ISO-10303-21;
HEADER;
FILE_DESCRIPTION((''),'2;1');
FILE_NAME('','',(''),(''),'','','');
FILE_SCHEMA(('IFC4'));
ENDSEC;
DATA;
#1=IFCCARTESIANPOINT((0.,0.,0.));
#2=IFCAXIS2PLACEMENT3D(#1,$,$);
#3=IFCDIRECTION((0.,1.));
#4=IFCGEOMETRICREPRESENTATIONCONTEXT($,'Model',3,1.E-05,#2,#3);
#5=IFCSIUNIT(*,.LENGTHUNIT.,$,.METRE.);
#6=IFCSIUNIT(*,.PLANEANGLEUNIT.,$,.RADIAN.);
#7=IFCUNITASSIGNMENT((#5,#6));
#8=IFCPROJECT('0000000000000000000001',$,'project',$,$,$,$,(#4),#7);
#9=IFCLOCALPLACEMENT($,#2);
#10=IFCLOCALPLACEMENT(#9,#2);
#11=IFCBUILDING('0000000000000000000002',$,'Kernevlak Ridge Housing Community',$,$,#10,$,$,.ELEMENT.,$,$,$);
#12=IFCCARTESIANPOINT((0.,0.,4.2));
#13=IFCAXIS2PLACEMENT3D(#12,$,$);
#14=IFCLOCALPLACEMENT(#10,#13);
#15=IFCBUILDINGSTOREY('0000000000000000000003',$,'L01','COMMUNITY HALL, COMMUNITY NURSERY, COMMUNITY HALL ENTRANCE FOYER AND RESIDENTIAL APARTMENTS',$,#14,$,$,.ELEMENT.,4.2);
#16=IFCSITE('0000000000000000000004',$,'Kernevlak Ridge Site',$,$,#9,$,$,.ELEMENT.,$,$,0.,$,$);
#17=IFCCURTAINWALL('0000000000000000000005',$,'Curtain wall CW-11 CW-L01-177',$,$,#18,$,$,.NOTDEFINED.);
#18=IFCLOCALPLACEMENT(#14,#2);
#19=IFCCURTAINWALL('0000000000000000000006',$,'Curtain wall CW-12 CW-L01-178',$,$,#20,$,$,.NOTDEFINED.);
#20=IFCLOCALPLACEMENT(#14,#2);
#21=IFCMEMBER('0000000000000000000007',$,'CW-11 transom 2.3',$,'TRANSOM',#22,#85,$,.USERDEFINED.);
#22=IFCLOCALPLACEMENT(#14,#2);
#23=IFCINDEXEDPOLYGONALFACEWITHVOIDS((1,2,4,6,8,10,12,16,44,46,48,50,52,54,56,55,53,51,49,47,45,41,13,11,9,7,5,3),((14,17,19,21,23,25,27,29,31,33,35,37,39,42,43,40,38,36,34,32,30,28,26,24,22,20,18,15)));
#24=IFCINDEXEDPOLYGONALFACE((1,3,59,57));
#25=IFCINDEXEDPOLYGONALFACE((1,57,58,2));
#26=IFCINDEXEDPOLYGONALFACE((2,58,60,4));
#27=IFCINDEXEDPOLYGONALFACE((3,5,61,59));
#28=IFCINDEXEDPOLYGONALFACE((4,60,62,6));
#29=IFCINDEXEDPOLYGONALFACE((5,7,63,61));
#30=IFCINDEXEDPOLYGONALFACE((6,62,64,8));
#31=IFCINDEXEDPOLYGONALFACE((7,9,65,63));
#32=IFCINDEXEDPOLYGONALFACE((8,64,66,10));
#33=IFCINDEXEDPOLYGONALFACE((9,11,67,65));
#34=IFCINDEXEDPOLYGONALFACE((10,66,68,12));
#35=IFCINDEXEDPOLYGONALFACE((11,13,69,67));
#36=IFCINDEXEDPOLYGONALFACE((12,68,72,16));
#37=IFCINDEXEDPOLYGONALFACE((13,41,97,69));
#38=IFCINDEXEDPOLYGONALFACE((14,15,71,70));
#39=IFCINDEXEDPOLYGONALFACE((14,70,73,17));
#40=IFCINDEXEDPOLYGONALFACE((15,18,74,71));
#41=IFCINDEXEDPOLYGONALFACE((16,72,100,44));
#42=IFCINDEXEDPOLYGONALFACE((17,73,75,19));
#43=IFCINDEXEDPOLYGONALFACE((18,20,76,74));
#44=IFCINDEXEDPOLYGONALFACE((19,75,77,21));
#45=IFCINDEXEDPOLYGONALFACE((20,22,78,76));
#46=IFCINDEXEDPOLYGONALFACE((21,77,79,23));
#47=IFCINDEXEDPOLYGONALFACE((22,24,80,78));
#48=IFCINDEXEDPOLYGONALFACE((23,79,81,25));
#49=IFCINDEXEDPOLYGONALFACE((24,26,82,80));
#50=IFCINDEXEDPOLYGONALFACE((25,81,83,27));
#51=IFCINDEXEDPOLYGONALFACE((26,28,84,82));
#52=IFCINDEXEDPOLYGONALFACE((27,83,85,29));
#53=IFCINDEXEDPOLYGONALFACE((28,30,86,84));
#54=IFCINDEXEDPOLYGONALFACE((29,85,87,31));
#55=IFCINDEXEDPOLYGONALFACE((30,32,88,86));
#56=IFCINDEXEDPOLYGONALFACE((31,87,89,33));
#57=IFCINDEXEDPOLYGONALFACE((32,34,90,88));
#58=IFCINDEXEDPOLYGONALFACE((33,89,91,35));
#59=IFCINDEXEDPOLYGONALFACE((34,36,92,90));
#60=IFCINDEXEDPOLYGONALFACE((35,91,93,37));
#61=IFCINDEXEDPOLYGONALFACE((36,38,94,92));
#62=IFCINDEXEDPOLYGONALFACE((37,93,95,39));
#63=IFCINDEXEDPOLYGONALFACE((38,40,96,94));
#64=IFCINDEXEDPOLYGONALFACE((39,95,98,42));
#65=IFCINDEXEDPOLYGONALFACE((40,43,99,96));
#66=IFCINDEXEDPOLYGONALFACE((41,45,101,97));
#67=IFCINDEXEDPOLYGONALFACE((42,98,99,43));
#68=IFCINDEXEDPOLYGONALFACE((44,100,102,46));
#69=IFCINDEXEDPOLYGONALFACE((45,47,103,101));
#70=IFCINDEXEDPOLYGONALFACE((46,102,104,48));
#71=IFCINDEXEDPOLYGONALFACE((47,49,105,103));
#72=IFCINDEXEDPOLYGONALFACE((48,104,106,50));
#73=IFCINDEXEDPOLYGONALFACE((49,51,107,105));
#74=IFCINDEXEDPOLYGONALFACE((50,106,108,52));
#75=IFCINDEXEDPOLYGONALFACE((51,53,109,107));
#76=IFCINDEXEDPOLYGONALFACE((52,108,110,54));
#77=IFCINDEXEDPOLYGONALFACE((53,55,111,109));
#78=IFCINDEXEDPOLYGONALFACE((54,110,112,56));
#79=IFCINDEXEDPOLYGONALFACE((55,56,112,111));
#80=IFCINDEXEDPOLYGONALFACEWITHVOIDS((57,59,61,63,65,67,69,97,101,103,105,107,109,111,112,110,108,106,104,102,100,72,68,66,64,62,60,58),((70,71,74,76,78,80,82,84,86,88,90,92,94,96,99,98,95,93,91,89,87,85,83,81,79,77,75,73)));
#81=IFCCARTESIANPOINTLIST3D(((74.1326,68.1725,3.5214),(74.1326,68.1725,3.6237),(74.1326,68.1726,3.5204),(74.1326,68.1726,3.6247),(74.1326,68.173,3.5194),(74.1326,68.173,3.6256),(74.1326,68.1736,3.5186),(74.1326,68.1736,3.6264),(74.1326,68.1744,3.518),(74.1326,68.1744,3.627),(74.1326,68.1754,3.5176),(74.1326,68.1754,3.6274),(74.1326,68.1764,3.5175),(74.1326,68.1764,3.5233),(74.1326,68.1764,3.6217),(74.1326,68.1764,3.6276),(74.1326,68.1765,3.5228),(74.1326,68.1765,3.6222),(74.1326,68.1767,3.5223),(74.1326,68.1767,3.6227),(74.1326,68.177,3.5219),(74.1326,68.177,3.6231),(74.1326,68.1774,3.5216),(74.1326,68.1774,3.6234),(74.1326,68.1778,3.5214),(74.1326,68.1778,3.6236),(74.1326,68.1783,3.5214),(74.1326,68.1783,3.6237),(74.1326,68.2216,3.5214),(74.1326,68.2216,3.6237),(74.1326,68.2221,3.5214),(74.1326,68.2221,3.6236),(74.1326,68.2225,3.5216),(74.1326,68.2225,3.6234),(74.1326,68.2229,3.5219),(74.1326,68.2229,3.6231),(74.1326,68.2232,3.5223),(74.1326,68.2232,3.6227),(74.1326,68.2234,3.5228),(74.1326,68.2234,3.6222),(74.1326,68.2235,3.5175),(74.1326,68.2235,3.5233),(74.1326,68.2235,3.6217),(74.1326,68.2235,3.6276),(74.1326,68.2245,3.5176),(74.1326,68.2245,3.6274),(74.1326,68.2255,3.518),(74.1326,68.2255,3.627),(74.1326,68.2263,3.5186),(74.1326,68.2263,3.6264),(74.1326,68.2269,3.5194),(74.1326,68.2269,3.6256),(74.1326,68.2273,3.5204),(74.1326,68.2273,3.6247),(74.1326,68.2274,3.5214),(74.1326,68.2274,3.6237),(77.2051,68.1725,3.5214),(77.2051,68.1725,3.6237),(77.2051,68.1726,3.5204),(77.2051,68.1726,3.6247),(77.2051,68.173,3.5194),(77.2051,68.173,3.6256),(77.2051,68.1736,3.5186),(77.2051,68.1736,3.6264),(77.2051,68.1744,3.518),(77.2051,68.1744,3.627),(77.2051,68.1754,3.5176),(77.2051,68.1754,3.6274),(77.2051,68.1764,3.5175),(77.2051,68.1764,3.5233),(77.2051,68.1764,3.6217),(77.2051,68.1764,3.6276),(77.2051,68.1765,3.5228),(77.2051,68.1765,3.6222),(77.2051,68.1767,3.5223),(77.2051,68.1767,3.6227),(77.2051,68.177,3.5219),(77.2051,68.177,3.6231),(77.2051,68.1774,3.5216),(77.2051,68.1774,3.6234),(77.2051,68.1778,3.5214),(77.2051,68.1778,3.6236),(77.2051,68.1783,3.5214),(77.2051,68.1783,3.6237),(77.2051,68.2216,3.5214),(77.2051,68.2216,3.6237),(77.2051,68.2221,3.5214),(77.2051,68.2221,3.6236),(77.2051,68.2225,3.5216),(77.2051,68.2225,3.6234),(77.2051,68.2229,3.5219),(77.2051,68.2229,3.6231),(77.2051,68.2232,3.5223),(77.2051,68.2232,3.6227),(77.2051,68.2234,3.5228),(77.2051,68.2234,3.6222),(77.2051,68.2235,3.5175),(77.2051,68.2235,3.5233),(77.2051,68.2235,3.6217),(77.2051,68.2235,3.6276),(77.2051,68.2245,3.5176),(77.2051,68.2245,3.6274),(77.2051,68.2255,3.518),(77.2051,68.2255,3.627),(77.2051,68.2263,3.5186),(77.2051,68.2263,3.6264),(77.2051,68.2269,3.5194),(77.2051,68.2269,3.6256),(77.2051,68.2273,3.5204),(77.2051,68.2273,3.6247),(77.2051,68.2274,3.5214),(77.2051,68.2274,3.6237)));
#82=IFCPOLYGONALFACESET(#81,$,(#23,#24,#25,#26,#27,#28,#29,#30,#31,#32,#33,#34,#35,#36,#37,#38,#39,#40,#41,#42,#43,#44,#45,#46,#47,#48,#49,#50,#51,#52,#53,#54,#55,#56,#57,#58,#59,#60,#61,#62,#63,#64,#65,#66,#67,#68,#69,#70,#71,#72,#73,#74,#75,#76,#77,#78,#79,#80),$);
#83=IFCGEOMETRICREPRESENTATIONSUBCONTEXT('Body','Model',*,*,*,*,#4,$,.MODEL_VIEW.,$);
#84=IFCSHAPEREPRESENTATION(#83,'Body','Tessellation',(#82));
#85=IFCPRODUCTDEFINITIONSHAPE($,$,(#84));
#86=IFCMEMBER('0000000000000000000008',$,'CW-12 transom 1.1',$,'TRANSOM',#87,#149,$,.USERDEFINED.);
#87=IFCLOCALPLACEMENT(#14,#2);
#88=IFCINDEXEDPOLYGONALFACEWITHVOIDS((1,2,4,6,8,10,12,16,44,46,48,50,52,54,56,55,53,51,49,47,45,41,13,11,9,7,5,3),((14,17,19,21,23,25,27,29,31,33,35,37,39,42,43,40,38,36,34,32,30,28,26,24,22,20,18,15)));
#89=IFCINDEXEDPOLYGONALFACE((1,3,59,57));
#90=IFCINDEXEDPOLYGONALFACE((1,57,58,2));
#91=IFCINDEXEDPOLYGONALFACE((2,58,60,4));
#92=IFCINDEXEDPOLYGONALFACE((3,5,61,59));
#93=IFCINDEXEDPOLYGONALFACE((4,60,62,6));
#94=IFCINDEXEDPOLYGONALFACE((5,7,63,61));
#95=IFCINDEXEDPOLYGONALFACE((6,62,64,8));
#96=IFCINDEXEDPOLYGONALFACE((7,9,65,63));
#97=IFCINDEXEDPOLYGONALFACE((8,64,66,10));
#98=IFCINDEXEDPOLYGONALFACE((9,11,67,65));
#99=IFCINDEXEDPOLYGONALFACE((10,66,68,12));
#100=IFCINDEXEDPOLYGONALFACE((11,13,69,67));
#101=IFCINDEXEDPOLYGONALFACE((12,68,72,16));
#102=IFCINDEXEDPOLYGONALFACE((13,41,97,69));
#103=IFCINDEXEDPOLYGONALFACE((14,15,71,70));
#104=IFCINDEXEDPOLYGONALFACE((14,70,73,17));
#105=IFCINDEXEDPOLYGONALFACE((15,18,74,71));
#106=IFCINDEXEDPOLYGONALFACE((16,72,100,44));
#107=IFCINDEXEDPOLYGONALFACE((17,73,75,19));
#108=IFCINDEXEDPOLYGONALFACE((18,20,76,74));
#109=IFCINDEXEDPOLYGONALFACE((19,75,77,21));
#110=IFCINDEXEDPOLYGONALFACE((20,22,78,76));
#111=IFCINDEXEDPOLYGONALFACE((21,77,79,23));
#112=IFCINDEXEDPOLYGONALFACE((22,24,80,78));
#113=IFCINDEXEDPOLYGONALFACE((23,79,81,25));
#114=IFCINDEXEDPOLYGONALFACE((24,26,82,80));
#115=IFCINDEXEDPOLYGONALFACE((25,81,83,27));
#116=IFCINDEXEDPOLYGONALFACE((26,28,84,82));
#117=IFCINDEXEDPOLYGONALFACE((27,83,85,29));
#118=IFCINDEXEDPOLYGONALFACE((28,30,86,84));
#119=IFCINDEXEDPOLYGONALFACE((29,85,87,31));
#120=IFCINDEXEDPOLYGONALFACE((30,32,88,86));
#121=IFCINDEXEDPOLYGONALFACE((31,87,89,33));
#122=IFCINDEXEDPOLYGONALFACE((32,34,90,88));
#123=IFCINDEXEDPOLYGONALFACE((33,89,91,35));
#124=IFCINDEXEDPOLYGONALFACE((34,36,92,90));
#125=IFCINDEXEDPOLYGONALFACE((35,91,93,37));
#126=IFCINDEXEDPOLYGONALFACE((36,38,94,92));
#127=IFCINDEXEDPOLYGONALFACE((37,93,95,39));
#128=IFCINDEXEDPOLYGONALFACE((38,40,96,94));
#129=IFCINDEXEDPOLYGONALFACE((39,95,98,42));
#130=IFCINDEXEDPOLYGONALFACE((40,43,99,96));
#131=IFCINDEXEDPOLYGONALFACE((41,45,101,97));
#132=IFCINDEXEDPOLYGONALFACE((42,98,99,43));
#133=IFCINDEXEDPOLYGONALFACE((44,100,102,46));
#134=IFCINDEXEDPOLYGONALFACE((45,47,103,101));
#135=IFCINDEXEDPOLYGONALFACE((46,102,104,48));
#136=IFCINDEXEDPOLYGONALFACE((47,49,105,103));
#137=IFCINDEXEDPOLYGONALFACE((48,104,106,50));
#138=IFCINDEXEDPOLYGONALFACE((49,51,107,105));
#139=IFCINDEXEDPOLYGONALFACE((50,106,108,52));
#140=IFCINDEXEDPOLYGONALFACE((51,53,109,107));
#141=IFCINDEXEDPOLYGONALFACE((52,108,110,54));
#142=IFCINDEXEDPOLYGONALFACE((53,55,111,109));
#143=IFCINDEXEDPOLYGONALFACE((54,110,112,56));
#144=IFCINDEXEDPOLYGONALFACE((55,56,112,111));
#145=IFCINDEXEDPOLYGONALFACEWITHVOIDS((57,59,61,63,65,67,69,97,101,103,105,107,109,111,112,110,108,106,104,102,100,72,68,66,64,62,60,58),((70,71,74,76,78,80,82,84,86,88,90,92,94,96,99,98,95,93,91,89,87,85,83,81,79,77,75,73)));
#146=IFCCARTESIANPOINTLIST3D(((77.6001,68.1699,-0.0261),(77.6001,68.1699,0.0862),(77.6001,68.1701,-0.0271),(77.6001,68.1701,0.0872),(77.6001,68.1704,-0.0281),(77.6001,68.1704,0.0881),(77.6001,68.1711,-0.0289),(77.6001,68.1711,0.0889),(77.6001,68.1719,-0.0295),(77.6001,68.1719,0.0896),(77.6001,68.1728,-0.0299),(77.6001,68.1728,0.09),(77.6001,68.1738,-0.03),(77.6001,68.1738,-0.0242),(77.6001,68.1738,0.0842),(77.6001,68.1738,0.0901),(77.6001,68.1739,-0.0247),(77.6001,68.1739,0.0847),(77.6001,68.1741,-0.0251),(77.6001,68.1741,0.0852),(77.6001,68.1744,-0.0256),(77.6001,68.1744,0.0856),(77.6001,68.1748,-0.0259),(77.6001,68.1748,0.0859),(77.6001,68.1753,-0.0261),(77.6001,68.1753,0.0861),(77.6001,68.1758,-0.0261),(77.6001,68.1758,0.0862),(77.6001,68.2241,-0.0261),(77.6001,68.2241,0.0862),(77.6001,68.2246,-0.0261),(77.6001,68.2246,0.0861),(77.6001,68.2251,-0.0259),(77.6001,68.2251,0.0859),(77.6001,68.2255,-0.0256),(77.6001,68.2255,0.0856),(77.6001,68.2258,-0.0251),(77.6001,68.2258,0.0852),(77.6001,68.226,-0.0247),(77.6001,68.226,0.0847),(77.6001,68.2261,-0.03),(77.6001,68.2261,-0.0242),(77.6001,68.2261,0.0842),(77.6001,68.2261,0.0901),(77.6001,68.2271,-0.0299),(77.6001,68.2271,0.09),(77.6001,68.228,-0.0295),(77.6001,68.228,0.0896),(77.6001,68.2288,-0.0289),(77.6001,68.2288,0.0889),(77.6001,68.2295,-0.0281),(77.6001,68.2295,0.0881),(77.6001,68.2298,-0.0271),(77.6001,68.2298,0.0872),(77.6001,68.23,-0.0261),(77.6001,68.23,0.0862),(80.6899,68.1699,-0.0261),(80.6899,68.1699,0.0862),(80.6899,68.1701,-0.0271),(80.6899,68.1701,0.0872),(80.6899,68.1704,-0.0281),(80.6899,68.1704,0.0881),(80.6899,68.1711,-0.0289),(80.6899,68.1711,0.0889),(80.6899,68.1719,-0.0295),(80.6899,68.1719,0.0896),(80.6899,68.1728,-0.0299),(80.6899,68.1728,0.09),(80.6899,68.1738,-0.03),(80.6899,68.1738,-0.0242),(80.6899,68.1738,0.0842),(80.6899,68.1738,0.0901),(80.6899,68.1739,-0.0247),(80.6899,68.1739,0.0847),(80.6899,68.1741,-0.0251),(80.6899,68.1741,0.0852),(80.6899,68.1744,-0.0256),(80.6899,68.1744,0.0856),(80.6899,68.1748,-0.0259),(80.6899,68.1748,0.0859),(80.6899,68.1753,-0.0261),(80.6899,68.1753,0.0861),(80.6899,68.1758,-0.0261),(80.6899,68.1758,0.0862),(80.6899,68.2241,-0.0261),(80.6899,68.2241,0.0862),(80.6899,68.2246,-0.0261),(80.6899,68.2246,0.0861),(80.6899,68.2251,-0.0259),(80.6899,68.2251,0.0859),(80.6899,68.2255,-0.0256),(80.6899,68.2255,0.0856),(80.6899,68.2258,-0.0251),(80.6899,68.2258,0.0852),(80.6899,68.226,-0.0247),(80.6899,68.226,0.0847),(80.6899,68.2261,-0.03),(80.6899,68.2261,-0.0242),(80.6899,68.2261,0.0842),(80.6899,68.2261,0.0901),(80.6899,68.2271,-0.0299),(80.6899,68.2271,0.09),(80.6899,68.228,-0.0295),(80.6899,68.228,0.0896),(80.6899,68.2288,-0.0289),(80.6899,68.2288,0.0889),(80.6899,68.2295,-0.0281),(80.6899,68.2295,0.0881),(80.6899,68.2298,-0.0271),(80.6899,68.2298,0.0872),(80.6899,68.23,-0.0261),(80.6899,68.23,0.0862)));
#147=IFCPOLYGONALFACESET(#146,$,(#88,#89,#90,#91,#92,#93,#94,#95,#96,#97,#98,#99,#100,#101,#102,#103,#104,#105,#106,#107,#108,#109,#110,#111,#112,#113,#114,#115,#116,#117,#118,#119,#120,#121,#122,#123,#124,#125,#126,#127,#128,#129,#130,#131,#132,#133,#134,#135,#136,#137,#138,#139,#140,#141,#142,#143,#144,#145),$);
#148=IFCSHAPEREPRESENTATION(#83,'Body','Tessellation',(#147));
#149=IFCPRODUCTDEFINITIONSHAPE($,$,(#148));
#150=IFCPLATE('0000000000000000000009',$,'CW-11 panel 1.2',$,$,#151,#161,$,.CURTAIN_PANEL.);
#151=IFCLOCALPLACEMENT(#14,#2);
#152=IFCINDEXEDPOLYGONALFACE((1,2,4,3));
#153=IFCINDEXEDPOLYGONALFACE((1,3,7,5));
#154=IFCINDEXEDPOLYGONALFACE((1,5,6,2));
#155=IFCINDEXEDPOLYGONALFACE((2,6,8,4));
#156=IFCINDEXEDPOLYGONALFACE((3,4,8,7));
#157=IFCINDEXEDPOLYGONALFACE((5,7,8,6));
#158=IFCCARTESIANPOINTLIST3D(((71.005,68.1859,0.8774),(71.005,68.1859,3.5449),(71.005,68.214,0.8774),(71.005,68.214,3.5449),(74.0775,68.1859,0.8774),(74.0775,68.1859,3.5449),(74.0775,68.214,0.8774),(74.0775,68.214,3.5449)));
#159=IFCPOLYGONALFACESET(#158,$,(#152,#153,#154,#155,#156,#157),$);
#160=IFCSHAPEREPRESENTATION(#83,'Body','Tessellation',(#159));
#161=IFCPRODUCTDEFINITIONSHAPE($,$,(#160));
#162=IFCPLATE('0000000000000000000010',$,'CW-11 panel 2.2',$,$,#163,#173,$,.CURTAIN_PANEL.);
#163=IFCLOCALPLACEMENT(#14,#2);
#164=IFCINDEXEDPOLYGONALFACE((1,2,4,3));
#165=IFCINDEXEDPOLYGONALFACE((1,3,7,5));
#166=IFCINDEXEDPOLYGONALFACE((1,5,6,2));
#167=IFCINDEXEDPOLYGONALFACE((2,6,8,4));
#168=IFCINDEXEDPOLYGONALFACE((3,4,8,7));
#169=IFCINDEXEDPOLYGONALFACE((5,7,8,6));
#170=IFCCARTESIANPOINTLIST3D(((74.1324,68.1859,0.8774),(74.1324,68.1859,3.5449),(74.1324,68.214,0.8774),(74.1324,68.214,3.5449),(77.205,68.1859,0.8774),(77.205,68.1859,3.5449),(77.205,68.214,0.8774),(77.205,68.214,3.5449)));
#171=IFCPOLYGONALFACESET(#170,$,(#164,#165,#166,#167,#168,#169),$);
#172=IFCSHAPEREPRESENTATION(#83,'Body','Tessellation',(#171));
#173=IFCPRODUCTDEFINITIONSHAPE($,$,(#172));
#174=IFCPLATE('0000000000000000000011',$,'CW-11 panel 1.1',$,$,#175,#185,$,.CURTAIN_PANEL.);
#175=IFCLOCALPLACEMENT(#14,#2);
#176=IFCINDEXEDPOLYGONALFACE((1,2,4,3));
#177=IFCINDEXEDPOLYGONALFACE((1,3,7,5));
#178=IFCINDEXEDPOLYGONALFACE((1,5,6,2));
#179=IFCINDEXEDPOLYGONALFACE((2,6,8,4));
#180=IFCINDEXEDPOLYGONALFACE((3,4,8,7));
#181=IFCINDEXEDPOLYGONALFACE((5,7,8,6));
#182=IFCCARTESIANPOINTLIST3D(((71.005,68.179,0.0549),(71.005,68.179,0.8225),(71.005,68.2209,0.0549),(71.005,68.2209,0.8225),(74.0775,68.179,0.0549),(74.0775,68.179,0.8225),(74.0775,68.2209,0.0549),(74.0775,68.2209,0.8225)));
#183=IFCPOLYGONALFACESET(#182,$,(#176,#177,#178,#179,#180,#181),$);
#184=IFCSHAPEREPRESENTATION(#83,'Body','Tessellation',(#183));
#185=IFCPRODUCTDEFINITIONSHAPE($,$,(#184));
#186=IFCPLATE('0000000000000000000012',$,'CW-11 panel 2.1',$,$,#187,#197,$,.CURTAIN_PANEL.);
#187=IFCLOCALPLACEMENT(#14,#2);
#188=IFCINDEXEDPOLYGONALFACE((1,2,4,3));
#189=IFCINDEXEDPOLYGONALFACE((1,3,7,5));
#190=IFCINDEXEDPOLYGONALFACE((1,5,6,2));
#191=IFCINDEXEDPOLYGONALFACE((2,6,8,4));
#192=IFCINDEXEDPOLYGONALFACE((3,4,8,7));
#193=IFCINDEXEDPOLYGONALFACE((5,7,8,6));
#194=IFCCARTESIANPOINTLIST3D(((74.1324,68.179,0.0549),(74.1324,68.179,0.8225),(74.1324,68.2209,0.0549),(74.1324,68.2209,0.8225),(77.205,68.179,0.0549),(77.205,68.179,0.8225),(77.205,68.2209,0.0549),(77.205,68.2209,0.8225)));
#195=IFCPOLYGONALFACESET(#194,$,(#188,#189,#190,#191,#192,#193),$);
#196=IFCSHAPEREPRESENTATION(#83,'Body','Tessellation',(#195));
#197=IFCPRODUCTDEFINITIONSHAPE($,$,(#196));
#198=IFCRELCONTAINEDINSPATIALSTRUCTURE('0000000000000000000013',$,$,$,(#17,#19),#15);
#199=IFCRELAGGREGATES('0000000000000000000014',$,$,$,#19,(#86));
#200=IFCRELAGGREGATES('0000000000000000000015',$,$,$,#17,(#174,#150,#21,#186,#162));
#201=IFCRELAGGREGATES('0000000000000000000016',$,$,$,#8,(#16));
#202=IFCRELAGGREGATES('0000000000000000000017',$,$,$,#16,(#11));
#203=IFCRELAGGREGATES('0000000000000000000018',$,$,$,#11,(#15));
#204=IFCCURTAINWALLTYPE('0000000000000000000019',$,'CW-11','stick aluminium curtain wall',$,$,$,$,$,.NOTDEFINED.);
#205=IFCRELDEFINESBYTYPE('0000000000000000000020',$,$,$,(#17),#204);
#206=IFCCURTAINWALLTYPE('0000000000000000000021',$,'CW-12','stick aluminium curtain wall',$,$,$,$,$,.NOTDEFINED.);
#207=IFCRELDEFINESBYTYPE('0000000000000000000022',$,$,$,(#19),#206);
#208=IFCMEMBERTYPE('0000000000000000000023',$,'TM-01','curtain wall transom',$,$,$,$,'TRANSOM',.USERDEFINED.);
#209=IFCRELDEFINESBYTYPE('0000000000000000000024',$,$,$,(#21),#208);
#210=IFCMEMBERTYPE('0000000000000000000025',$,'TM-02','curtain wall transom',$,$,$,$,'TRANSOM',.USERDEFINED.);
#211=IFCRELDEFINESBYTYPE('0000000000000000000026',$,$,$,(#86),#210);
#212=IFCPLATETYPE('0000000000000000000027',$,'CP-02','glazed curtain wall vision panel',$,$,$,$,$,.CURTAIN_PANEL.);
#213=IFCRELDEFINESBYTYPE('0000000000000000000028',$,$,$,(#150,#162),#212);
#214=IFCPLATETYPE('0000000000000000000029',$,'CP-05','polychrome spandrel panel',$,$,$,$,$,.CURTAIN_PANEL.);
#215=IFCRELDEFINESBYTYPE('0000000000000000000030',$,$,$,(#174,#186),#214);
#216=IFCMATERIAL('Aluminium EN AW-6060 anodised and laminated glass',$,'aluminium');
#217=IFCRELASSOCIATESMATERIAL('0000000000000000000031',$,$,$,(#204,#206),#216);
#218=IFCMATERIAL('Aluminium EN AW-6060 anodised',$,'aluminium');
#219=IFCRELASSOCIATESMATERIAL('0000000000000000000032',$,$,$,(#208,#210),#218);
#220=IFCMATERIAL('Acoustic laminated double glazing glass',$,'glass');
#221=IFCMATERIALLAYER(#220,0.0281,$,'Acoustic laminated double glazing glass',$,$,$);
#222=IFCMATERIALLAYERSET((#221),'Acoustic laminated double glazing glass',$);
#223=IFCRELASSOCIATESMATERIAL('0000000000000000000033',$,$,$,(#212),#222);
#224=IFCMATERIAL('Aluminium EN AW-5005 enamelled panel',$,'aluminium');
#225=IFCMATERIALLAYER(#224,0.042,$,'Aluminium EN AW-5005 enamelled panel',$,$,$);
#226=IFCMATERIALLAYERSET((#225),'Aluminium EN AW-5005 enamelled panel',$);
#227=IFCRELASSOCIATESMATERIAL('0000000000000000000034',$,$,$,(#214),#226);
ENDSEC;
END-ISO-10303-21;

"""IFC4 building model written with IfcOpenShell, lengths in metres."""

from ifc_helpers import new_model, si_unit, direction, frame, origin, origin_2d, place, context, subcontext, project, spatial, rectangle, hollow_rectangle, extrude, material, layer, layer_set, material_profile, profile_set, type_object, element, aggregate, save


model = new_model("IFC4")

# Units and contexts
model_context = context("Model", 3, precision=1e-05, world=origin(), true_north=direction((0.0, 1.0)))
body_context = subcontext(model_context, "Body", "Model", "MODEL_VIEW")
ifc_project = project(units=[si_unit("LENGTHUNIT", "METRE"), si_unit("PLANEANGLEUNIT", "RADIAN")], contexts=[model_context])

# Site, building, storey
site_placement = place(None, origin())
site = spatial("IfcSite", under=ifc_project, at=site_placement, Name="Kernevlak Ridge Site", CompositionType="ELEMENT", RefElevation=0.0)
building_placement = place(site_placement, origin())
building = spatial("IfcBuilding", under=site, at=building_placement, Name="Kernevlak Ridge Housing Community", CompositionType="ELEMENT")
storey_placement = place(building_placement, frame((0.0, 0.0, 4.2)))
storey = spatial("IfcBuildingStorey", under=building, at=storey_placement, Name="L01", Description="COMMUNITY HALL, COMMUNITY NURSERY, COMMUNITY HALL ENTRANCE FOYER AND RESIDENTIAL APARTMENTS", CompositionType="ELEMENT", Elevation=4.2)

# Curtain wall
ifc_material_1 = material(Name="Aluminium EN AW-6060 anodised and laminated glass", Category="aluminium")
curtain_wall_type_1 = type_object("IfcCurtainWallType", Name="CW-11", Description="stick aluminium curtain wall", PredefinedType="NOTDEFINED", material=ifc_material_1)
curtain_wall_1_placement = place(storey_placement, origin())
curtain_wall_1 = element("IfcCurtainWall", 1, at=curtain_wall_1_placement, inside=storey, type_object=curtain_wall_type_1, Name="Curtain wall CW-11 CW-L01-177", PredefinedType="NOTDEFINED")
ifc_material_2 = material(Name="Aluminium EN AW-6060 anodised", Category="aluminium")

# Curtain wall
curtain_wall_type_2 = type_object("IfcCurtainWallType", Name="CW-12", Description="stick aluminium curtain wall", PredefinedType="NOTDEFINED", material=ifc_material_1)
curtain_wall_2_placement = place(storey_placement, origin())
curtain_wall_2 = element("IfcCurtainWall", 2, at=curtain_wall_2_placement, inside=storey, type_object=curtain_wall_type_2, Name="Curtain wall CW-12 CW-L01-178", PredefinedType="NOTDEFINED")

# Members
ifc_material_profile_1 = material_profile(ifc_material_2, hollow_rectangle(XDim=0.0549, YDim=0.1101, WallThickness=0.0039, InnerFilletRadius=0.002, OuterFilletRadius=0.0039, at=origin_2d()), Name="ALU 55x110x4")
ifc_profile_set_1 = profile_set([ifc_material_profile_1], Name="Aluminium EN AW-6060 anodised")
member_type_1 = type_object("IfcMemberType", Name="TM-01", Description="curtain wall transom", ElementType="TRANSOM", PredefinedType="USERDEFINED", material=ifc_profile_set_1)
member_1_placement = place(storey_placement, frame((74.1326, 68.2, 3.5725), z_axis=(1.0, 0.0, 0.0), x_axis=(0.0, 1.0, 0.0)))
member_1 = element("IfcMember", 3, at=member_1_placement, type_object=member_type_1, Name="CW-11 transom 2.3", ObjectType="TRANSOM", PredefinedType="USERDEFINED", context=body_context, shape_type="SweptSolid", body=[
    extrude(hollow_rectangle(XDim=0.0549, YDim=0.1101, WallThickness=0.0039, InnerFilletRadius=0.002, OuterFilletRadius=0.0039, at=origin_2d()), origin(), (0.0, 0.0, 1.0), 3.0725),
])
ifc_material_profile_2 = material_profile(ifc_material_2, hollow_rectangle(XDim=0.0601, YDim=0.1201, WallThickness=0.0039, InnerFilletRadius=0.002, OuterFilletRadius=0.0039, at=origin_2d()), Name="ALU 60x120x4")
ifc_profile_set_2 = profile_set([ifc_material_profile_2], Name="Aluminium EN AW-6060 anodised")
member_type_2 = type_object("IfcMemberType", Name="TM-02", Description="curtain wall transom", ElementType="TRANSOM", PredefinedType="USERDEFINED", material=ifc_profile_set_2)
member_2_placement = place(storey_placement, frame((77.6001, 68.2, 0.03), z_axis=(1.0, 0.0, 0.0), x_axis=(0.0, 1.0, 0.0)))
member_2 = element("IfcMember", 4, at=member_2_placement, type_object=member_type_2, Name="CW-12 transom 1.1", ObjectType="TRANSOM", PredefinedType="USERDEFINED", context=body_context, shape_type="SweptSolid", body=[
    extrude(hollow_rectangle(XDim=0.0601, YDim=0.1201, WallThickness=0.0039, InnerFilletRadius=0.002, OuterFilletRadius=0.0039, at=origin_2d()), origin(), (0.0, 0.0, 1.0), 3.0898),
])
aggregate(curtain_wall_2, [member_2])

# Plates
ifc_material_3 = material(Name="Acoustic laminated double glazing glass", Category="glass")
ifc_layer_1 = layer(ifc_material_3, 0.0281, Name="Acoustic laminated double glazing glass")
ifc_layer_set_1 = layer_set([ifc_layer_1], Name="Acoustic laminated double glazing glass")
plate_type_1 = type_object("IfcPlateType", Name="CP-02", Description="glazed curtain wall vision panel", PredefinedType="CURTAIN_PANEL", material=ifc_layer_set_1)
plate_1_placement = place(storey_placement, frame((72.5413, 68.2, 0.8774), z_axis=(0.0, 0.0, 1.0), x_axis=(1.0, 0.0, 0.0)))
plate_1 = element("IfcPlate", 5, at=plate_1_placement, type_object=plate_type_1, Name="CW-11 panel 1.2", PredefinedType="CURTAIN_PANEL", context=body_context, shape_type="SweptSolid", body=[
    extrude(rectangle(XDim=3.0725, YDim=0.0281, at=origin_2d()), origin(), (0.0, 0.0, 1.0), 2.6675),
])
plate_2_placement = place(storey_placement, frame((75.6687, 68.2, 0.8774), z_axis=(0.0, 0.0, 1.0), x_axis=(1.0, 0.0, 0.0)))
plate_2 = element("IfcPlate", 6, at=plate_2_placement, type_object=plate_type_1, Name="CW-11 panel 2.2", PredefinedType="CURTAIN_PANEL", context=body_context, shape_type="SweptSolid", body=[
    extrude(rectangle(XDim=3.0725, YDim=0.0281, at=origin_2d()), origin(), (0.0, 0.0, 1.0), 2.6675),
])
ifc_material_4 = material(Name="Aluminium EN AW-5005 enamelled panel", Category="aluminium")
ifc_layer_2 = layer(ifc_material_4, 0.042, Name="Aluminium EN AW-5005 enamelled panel")
ifc_layer_set_2 = layer_set([ifc_layer_2], Name="Aluminium EN AW-5005 enamelled panel")
plate_type_2 = type_object("IfcPlateType", Name="CP-05", Description="polychrome spandrel panel", PredefinedType="CURTAIN_PANEL", material=ifc_layer_set_2)
plate_3_placement = place(storey_placement, frame((72.5413, 68.2, 0.0549), z_axis=(0.0, 0.0, 1.0), x_axis=(1.0, 0.0, 0.0)))
plate_3 = element("IfcPlate", 7, at=plate_3_placement, type_object=plate_type_2, Name="CW-11 panel 1.1", PredefinedType="CURTAIN_PANEL", context=body_context, shape_type="SweptSolid", body=[
    extrude(rectangle(XDim=3.0725, YDim=0.042, at=origin_2d()), origin(), (0.0, 0.0, 1.0), 0.7676),
])
plate_4_placement = place(storey_placement, frame((75.6687, 68.2, 0.0549), z_axis=(0.0, 0.0, 1.0), x_axis=(1.0, 0.0, 0.0)))
plate_4 = element("IfcPlate", 8, at=plate_4_placement, type_object=plate_type_2, Name="CW-11 panel 2.1", PredefinedType="CURTAIN_PANEL", context=body_context, shape_type="SweptSolid", body=[
    extrude(rectangle(XDim=3.0725, YDim=0.042, at=origin_2d()), origin(), (0.0, 0.0, 1.0), 0.7676),
])
aggregate(curtain_wall_1, [plate_3, plate_1, member_1, plate_4, plate_2])

save(model, "model.ifc")
